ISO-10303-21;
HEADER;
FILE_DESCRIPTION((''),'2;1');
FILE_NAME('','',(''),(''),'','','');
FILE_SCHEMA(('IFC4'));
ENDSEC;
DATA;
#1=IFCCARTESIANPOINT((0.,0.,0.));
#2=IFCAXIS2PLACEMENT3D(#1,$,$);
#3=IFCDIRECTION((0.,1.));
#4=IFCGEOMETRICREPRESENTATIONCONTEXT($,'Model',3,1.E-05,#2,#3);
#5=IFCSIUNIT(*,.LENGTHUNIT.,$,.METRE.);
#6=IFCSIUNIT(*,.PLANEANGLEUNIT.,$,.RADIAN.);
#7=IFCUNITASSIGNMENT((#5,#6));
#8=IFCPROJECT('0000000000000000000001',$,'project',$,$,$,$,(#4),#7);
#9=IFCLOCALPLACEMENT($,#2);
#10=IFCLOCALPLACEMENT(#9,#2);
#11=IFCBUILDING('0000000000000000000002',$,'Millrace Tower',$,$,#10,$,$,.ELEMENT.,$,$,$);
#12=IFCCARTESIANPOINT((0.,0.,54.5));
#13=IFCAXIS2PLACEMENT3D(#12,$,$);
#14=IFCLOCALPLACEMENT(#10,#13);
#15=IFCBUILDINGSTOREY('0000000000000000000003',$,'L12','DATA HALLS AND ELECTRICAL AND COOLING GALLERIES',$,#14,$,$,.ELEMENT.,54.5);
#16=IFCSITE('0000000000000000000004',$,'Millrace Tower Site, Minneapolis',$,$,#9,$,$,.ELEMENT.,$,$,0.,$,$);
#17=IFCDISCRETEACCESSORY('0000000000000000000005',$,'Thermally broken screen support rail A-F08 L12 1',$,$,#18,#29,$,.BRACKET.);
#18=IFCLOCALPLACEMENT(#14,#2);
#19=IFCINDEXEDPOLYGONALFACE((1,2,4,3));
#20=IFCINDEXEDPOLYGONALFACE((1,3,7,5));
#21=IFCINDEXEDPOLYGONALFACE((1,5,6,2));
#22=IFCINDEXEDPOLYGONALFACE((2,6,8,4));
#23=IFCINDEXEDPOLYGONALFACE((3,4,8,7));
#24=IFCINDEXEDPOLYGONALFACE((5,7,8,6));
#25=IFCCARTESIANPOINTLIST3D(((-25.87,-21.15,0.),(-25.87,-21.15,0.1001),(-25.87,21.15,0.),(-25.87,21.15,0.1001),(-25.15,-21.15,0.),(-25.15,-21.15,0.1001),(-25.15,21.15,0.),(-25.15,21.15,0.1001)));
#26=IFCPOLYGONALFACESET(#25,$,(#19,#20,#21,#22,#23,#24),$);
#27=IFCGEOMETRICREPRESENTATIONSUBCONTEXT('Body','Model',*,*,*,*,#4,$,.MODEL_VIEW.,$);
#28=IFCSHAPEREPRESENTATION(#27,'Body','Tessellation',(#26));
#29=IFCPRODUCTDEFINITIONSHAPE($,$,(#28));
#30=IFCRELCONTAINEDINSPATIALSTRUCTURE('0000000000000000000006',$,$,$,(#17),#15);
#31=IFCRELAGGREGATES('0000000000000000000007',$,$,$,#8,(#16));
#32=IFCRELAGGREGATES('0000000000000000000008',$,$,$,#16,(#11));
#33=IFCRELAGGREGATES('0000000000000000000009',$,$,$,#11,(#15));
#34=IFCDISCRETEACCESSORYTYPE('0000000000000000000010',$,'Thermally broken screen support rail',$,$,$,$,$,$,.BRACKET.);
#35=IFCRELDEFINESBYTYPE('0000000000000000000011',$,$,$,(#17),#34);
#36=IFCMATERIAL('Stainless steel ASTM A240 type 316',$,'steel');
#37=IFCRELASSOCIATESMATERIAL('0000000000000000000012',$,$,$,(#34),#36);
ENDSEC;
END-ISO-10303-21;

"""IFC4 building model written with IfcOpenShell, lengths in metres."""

from ifc_helpers import new_model, si_unit, direction, frame, origin, origin_2d, place, context, subcontext, project, spatial, rectangle, extrude, material, type_object, element, save


model = new_model("IFC4")

# Units and contexts
model_context = context("Model", 3, precision=1e-05, world=origin(), true_north=direction((0.0, 1.0)))
body_context = subcontext(model_context, "Body", "Model", "MODEL_VIEW")
ifc_project = project(units=[si_unit("LENGTHUNIT", "METRE"), si_unit("PLANEANGLEUNIT", "RADIAN")], contexts=[model_context])

# Site, building, storey
site_placement = place(None, origin())
site = spatial("IfcSite", under=ifc_project, at=site_placement, Name="Millrace Tower Site, Minneapolis", CompositionType="ELEMENT", RefElevation=0.0)
building_placement = place(site_placement, origin())
building = spatial("IfcBuilding", under=site, at=building_placement, Name="Millrace Tower", CompositionType="ELEMENT")
storey_placement = place(building_placement, frame((0.0, 0.0, 54.5)))
storey = spatial("IfcBuildingStorey", under=building, at=storey_placement, Name="L12", Description="DATA HALLS AND ELECTRICAL AND COOLING GALLERIES", CompositionType="ELEMENT", Elevation=54.5)

# Discrete accessory
ifc_material_1 = material(Name="Stainless steel ASTM A240 type 316", Category="steel")
discrete_accessory_type = type_object("IfcDiscreteAccessoryType", Name="Thermally broken screen support rail", PredefinedType="BRACKET", material=ifc_material_1)
discrete_accessory_placement = place(storey_placement, frame((-25.51, 0.0, 0.0), z_axis=(0.0, 0.0, 1.0), x_axis=(0.0, -1.0, 0.0)))
element("IfcDiscreteAccessory", 1, at=discrete_accessory_placement, inside=storey, type_object=discrete_accessory_type, Name="Thermally broken screen support rail A-F08 L12 1", PredefinedType="BRACKET", context=body_context, shape_type="SweptSolid", body=[
    extrude(rectangle(XDim=42.3, YDim=0.72, at=origin_2d()), origin(), (0.0, 0.0, 1.0), 0.1001),
])

save(model, "model.ifc")
